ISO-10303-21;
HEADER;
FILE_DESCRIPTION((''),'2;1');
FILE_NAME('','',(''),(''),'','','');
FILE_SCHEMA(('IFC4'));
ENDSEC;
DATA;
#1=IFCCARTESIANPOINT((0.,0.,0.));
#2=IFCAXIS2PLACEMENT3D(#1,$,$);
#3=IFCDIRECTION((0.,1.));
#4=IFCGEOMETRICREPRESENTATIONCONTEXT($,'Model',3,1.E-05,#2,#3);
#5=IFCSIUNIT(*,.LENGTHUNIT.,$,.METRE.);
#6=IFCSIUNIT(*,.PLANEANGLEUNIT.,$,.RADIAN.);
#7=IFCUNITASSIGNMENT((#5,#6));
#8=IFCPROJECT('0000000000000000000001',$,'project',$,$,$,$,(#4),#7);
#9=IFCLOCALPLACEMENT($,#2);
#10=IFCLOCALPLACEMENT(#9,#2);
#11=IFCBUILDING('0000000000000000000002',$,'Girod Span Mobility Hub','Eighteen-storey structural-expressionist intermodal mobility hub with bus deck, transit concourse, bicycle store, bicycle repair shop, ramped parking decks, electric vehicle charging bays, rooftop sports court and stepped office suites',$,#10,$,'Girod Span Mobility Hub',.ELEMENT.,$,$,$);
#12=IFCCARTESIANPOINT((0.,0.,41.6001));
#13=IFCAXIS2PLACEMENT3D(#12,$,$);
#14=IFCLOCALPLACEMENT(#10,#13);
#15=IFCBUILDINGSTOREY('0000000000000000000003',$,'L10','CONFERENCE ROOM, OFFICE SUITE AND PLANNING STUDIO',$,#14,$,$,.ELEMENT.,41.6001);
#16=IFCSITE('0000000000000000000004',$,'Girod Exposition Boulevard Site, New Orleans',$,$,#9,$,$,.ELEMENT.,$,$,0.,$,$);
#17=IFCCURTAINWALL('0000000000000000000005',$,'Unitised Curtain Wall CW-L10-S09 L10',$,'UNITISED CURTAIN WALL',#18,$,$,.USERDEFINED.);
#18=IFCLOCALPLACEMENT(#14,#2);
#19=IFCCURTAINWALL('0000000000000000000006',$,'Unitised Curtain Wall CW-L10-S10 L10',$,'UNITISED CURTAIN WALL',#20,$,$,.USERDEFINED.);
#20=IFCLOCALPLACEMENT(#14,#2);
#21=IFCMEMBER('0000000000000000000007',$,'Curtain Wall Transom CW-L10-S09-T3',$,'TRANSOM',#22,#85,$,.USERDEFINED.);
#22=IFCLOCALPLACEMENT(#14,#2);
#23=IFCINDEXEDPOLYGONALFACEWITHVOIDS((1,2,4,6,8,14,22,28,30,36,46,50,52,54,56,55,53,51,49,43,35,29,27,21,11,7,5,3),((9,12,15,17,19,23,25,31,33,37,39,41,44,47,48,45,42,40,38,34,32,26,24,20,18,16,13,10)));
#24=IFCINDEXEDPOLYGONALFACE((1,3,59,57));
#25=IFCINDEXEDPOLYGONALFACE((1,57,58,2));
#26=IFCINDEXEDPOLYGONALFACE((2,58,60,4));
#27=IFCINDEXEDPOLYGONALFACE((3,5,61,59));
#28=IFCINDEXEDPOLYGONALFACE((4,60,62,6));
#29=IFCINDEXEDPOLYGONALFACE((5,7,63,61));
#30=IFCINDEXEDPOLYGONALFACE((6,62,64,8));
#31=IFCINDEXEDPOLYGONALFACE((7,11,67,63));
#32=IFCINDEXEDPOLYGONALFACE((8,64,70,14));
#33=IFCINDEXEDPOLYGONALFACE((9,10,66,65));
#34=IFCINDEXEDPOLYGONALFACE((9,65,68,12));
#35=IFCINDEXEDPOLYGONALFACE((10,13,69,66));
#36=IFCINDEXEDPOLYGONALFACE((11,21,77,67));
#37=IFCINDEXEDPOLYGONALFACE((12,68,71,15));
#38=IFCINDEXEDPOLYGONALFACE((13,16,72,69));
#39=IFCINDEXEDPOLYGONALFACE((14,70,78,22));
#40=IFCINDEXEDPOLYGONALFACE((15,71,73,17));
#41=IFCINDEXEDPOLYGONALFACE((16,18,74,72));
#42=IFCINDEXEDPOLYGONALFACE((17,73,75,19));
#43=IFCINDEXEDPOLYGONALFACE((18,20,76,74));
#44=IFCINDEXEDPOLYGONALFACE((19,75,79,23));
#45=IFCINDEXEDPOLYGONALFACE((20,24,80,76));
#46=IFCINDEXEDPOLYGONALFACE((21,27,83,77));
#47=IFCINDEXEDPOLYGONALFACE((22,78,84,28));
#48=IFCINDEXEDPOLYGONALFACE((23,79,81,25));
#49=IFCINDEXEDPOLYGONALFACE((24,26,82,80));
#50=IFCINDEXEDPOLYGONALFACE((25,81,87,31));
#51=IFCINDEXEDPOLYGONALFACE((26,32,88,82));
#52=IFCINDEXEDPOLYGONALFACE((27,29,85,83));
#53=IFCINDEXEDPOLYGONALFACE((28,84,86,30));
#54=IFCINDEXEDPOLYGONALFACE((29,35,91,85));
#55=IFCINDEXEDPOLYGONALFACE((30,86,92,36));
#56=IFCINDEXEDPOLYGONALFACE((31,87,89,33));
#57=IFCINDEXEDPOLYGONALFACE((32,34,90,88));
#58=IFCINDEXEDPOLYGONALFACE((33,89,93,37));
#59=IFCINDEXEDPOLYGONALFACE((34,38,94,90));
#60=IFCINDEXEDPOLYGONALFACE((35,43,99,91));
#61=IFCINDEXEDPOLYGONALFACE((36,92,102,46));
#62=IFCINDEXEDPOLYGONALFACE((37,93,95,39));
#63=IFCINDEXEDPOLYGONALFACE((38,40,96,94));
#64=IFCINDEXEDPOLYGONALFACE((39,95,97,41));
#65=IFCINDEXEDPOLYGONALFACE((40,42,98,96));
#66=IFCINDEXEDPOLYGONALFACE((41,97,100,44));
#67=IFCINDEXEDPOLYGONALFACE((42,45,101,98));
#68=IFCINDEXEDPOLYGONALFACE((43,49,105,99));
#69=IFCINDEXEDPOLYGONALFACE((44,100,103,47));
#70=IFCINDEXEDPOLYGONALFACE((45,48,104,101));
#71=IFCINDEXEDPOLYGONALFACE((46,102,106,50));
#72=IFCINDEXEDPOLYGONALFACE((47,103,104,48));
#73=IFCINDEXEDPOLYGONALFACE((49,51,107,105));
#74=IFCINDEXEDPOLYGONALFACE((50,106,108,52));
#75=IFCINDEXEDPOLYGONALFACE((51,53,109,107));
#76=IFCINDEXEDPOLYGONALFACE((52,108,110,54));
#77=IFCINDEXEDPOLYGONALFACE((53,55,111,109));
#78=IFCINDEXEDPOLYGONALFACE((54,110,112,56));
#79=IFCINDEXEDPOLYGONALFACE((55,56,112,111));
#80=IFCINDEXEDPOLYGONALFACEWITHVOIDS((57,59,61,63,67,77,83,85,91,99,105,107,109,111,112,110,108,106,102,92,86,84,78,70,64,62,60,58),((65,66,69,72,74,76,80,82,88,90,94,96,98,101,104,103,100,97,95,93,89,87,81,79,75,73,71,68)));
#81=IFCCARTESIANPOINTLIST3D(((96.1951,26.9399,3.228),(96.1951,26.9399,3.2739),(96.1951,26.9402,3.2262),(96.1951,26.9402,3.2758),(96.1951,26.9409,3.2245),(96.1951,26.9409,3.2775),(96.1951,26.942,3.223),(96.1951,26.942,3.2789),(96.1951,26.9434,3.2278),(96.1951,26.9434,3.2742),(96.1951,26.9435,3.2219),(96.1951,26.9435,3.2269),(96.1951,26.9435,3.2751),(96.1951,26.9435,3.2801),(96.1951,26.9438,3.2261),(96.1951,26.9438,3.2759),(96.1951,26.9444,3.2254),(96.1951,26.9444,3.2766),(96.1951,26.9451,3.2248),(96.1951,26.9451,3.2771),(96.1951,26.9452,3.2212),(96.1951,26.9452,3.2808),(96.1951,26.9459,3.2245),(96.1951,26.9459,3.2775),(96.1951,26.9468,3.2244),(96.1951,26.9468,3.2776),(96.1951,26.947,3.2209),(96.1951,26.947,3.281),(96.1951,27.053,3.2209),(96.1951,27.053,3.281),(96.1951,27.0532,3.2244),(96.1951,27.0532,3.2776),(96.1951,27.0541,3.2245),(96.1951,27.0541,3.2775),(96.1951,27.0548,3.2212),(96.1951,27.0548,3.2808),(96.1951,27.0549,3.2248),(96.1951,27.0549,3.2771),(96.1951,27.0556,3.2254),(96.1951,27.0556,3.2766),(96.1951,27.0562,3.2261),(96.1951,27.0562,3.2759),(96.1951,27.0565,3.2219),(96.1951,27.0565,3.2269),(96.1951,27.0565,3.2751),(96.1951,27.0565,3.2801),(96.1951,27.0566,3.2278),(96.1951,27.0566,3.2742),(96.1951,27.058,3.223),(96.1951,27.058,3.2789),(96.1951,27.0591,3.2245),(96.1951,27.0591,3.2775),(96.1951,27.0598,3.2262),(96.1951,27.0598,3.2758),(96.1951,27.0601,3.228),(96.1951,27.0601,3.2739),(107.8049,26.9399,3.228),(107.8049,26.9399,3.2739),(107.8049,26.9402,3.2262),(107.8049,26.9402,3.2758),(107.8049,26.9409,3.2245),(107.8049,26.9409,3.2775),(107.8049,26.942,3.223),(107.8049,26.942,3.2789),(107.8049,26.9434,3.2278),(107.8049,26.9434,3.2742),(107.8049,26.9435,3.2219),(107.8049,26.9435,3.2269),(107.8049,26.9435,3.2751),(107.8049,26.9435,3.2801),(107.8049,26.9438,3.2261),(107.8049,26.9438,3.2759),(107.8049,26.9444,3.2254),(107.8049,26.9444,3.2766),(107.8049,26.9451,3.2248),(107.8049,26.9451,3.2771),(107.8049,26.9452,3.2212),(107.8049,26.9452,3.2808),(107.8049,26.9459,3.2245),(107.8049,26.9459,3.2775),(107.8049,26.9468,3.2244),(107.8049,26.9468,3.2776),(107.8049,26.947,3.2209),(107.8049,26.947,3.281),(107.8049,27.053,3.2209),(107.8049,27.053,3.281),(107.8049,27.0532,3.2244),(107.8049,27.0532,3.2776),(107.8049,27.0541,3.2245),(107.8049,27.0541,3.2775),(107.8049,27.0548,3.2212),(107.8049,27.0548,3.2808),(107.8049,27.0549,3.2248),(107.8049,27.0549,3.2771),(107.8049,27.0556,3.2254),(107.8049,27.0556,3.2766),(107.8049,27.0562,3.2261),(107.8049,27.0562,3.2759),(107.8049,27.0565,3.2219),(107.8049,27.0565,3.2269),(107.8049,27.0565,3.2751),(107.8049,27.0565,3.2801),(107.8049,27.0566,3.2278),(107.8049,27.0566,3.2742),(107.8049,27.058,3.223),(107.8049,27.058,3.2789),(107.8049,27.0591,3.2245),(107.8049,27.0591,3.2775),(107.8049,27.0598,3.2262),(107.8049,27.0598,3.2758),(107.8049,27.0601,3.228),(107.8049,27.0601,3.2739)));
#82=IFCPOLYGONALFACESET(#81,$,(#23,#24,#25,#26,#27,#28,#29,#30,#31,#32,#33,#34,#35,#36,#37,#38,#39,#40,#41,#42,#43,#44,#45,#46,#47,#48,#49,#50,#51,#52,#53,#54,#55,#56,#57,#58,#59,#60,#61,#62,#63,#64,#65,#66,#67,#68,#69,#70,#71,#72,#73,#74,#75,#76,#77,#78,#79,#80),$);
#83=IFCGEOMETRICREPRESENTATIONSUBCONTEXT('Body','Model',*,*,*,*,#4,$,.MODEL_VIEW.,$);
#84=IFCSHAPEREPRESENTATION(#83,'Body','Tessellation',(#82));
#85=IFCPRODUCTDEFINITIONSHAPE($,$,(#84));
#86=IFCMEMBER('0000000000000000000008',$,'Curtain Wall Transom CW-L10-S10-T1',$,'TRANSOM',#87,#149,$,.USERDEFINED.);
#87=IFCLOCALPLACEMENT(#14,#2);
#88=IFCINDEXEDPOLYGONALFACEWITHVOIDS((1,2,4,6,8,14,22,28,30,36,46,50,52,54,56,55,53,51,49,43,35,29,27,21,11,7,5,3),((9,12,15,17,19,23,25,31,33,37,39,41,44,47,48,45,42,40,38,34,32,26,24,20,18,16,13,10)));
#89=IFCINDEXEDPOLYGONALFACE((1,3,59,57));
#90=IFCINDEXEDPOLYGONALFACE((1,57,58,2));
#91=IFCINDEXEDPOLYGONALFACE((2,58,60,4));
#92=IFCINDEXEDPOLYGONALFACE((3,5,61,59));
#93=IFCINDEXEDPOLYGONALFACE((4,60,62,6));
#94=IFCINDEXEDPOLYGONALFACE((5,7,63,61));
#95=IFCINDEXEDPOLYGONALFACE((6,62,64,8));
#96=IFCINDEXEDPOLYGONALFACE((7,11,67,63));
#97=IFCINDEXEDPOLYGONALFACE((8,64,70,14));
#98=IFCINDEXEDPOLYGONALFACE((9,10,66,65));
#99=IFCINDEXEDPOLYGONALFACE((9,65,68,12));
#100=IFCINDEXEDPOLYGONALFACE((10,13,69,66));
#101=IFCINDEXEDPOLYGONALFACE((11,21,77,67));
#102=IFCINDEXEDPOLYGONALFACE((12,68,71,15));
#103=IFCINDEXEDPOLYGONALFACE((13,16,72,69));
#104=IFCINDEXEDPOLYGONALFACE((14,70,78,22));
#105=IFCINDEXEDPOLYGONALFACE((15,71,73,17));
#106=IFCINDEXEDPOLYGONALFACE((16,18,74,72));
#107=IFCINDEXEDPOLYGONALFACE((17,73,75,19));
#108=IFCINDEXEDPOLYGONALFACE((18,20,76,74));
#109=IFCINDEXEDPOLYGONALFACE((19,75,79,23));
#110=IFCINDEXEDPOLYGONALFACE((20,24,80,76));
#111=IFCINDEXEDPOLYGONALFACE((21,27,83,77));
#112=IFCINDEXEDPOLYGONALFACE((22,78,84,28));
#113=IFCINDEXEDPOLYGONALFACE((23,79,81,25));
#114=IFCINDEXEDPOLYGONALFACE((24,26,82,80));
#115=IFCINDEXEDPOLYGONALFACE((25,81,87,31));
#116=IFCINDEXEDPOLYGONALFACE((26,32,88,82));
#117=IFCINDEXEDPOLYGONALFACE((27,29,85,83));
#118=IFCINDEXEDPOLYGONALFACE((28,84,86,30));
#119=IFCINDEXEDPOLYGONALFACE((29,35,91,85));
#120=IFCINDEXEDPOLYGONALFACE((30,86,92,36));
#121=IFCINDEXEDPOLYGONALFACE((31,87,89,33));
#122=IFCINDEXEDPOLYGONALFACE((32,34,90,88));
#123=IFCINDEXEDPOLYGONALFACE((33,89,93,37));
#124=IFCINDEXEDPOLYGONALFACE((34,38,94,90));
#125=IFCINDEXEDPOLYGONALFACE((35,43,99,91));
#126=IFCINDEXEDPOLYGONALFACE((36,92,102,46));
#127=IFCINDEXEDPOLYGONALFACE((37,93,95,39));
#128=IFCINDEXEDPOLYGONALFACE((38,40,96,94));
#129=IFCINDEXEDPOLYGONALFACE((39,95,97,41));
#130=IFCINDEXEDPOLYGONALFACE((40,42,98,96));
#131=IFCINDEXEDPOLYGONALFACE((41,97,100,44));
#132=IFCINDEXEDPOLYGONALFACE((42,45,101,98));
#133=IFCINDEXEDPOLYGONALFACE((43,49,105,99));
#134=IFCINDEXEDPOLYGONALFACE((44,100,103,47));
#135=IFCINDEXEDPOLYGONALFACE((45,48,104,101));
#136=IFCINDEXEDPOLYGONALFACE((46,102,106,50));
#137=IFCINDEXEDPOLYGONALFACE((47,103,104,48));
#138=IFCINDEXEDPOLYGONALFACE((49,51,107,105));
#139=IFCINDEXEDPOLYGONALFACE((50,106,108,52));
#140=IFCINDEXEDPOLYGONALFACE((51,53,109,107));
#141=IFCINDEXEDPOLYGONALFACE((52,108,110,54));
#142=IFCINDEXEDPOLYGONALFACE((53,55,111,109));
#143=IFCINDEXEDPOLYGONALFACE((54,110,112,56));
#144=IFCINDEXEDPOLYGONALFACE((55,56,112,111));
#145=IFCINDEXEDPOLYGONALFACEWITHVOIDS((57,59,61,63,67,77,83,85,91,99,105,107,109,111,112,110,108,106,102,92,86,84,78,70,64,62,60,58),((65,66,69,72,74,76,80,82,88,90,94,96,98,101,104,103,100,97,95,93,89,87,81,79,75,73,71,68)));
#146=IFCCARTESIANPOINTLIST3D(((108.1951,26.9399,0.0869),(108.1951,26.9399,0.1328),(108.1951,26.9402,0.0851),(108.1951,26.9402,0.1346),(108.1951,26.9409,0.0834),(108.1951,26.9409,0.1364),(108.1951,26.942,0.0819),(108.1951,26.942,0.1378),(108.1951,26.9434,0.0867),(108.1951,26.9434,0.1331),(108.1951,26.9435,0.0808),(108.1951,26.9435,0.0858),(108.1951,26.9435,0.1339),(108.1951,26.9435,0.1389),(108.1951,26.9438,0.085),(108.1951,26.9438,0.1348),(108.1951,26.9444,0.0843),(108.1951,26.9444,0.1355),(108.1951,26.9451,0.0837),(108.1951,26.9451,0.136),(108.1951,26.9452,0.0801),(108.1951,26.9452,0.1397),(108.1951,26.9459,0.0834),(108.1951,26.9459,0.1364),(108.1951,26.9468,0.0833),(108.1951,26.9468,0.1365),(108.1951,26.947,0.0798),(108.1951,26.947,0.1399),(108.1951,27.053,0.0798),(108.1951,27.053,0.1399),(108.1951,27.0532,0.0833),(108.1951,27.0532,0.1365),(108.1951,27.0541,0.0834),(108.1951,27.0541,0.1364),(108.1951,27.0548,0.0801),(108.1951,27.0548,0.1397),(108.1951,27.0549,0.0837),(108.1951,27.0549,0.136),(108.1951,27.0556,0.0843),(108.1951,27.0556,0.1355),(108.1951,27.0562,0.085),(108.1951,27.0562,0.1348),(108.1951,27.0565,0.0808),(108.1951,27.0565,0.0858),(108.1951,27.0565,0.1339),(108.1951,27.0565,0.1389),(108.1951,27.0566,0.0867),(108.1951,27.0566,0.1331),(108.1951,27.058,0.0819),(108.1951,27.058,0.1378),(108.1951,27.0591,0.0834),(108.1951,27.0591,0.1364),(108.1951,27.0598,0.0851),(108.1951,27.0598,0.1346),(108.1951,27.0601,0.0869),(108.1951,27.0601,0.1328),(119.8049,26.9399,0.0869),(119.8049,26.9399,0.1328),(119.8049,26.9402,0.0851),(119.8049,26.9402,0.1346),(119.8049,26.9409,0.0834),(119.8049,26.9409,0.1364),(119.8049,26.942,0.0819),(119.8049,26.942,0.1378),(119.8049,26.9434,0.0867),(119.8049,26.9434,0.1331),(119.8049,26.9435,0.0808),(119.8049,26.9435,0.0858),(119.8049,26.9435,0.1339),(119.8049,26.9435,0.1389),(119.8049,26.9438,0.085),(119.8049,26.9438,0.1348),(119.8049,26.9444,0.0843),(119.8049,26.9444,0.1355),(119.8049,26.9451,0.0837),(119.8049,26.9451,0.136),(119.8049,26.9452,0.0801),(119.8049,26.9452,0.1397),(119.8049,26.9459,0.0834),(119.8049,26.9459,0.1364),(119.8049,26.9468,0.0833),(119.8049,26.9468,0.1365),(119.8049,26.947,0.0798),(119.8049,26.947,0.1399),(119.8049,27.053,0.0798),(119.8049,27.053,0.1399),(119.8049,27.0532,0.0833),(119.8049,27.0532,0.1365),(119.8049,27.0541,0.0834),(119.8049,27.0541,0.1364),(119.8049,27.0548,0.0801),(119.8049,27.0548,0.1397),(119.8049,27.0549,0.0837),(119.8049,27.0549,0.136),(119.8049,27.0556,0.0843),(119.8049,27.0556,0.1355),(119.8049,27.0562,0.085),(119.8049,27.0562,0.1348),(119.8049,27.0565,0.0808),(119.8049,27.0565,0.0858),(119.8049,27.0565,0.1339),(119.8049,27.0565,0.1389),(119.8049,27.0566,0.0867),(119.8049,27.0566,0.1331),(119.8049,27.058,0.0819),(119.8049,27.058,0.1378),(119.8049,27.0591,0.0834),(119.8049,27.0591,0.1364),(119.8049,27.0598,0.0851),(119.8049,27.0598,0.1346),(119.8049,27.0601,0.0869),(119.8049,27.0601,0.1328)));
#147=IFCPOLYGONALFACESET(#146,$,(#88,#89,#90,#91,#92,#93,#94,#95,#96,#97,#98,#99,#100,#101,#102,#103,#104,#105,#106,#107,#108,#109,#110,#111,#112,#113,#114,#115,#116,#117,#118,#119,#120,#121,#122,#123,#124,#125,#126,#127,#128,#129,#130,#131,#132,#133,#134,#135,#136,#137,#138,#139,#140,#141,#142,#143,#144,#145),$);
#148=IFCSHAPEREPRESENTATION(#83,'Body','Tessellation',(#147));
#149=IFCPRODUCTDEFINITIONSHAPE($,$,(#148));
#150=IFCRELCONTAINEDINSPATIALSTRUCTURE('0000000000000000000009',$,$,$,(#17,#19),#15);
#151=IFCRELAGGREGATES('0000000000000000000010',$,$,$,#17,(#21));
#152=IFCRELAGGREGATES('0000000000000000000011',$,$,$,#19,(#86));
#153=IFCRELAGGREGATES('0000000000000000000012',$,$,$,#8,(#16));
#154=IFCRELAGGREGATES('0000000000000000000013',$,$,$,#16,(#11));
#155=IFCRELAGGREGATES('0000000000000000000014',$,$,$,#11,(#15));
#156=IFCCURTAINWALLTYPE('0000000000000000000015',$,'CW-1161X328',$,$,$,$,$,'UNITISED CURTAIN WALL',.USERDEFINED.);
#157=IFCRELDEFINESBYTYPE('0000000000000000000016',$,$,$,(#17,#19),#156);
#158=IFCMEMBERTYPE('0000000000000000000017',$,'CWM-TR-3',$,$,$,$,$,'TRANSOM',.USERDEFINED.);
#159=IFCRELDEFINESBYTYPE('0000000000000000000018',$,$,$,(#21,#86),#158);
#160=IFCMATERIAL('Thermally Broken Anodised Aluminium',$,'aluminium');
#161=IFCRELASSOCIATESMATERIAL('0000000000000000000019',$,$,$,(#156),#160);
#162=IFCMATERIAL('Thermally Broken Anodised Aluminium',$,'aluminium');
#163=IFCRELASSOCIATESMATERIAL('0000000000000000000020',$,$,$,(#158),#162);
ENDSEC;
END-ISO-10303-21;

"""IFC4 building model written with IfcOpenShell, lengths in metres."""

from ifc_helpers import new_model, si_unit, direction, frame, origin, origin_2d, place, context, subcontext, project, spatial, hollow_rectangle, extrude, material, material_profile, profile_set, type_object, element, aggregate, save


model = new_model("IFC4")

# Units and contexts
model_context = context("Model", 3, precision=1e-05, world=origin(), true_north=direction((0.0, 1.0)))
body_context = subcontext(model_context, "Body", "Model", "MODEL_VIEW")
ifc_project = project(units=[si_unit("LENGTHUNIT", "METRE"), si_unit("PLANEANGLEUNIT", "RADIAN")], contexts=[model_context])

# Site, building, storey
site_placement = place(None, origin())
site = spatial("IfcSite", under=ifc_project, at=site_placement, Name="Girod Exposition Boulevard Site, New Orleans", CompositionType="ELEMENT", RefElevation=0.0)
building_placement = place(site_placement, origin())
building = spatial("IfcBuilding", under=site, at=building_placement, Name="Girod Span Mobility Hub", Description="Eighteen-storey structural-expressionist intermodal mobility hub with bus deck, transit concourse, bicycle store, bicycle repair shop, ramped parking decks, electric vehicle charging bays, rooftop sports court and stepped office suites", LongName="Girod Span Mobility Hub", CompositionType="ELEMENT")
storey_placement = place(building_placement, frame((0.0, 0.0, 41.6001)))
storey = spatial("IfcBuildingStorey", under=building, at=storey_placement, Name="L10", Description="CONFERENCE ROOM, OFFICE SUITE AND PLANNING STUDIO", CompositionType="ELEMENT", Elevation=41.6001)

# Curtain wall
ifc_material_1 = material(Name="Thermally Broken Anodised Aluminium", Category="aluminium")
curtain_wall_type = type_object("IfcCurtainWallType", Name="CW-1161X328", ElementType="UNITISED CURTAIN WALL", PredefinedType="USERDEFINED", material=ifc_material_1)
curtain_wall_1_placement = place(storey_placement, origin())
curtain_wall_1 = element("IfcCurtainWall", 1, at=curtain_wall_1_placement, inside=storey, type_object=curtain_wall_type, Name="Unitised Curtain Wall CW-L10-S09 L10", ObjectType="UNITISED CURTAIN WALL", PredefinedType="USERDEFINED")

# Curtain wall
curtain_wall_2_placement = place(storey_placement, origin())
curtain_wall_2 = element("IfcCurtainWall", 2, at=curtain_wall_2_placement, inside=storey, type_object=curtain_wall_type, Name="Unitised Curtain Wall CW-L10-S10 L10", ObjectType="UNITISED CURTAIN WALL", PredefinedType="USERDEFINED")

# Members
ifc_material_2 = material(Name="Thermally Broken Anodised Aluminium", Category="aluminium")
ifc_material_profile_1 = material_profile(ifc_material_2, hollow_rectangle(XDim=0.1201, YDim=0.0601, WallThickness=0.0034, InnerFilletRadius=0.0034, OuterFilletRadius=0.0071, at=origin_2d()), Name="CW-TR-60X120")
ifc_profile_set_1 = profile_set([ifc_material_profile_1], Name="Thermally Broken Anodised Aluminium")
member_type_1 = type_object("IfcMemberType", Name="CWM-TR-3", ElementType="TRANSOM", PredefinedType="USERDEFINED", material=ifc_profile_set_1)
member_1_placement = place(storey_placement, frame((96.1951, 27.0, 3.251), z_axis=(1.0, 0.0, 0.0), x_axis=(0.0, 1.0, 0.0)))
member_1 = element("IfcMember", 3, at=member_1_placement, type_object=member_type_1, Name="Curtain Wall Transom CW-L10-S09-T3", ObjectType="TRANSOM", PredefinedType="USERDEFINED", context=body_context, shape_type="SweptSolid", body=[
    extrude(hollow_rectangle(XDim=0.1201, YDim=0.0601, WallThickness=0.0034, InnerFilletRadius=0.0034, OuterFilletRadius=0.0071, at=origin_2d()), origin(), (0.0, 0.0, 1.0), 11.6099),
])
member_2_placement = place(storey_placement, frame((108.1951, 27.0, 0.1099), z_axis=(1.0, 0.0, 0.0), x_axis=(0.0, 1.0, 0.0)))
member_2 = element("IfcMember", 4, at=member_2_placement, type_object=member_type_1, Name="Curtain Wall Transom CW-L10-S10-T1", ObjectType="TRANSOM", PredefinedType="USERDEFINED", context=body_context, shape_type="SweptSolid", body=[
    extrude(hollow_rectangle(XDim=0.1201, YDim=0.0601, WallThickness=0.0034, InnerFilletRadius=0.0034, OuterFilletRadius=0.0071, at=origin_2d()), origin(), (0.0, 0.0, 1.0), 11.6099),
])

aggregate(curtain_wall_1, [member_1])
aggregate(curtain_wall_2, [member_2])

save(model, "model.ifc")
